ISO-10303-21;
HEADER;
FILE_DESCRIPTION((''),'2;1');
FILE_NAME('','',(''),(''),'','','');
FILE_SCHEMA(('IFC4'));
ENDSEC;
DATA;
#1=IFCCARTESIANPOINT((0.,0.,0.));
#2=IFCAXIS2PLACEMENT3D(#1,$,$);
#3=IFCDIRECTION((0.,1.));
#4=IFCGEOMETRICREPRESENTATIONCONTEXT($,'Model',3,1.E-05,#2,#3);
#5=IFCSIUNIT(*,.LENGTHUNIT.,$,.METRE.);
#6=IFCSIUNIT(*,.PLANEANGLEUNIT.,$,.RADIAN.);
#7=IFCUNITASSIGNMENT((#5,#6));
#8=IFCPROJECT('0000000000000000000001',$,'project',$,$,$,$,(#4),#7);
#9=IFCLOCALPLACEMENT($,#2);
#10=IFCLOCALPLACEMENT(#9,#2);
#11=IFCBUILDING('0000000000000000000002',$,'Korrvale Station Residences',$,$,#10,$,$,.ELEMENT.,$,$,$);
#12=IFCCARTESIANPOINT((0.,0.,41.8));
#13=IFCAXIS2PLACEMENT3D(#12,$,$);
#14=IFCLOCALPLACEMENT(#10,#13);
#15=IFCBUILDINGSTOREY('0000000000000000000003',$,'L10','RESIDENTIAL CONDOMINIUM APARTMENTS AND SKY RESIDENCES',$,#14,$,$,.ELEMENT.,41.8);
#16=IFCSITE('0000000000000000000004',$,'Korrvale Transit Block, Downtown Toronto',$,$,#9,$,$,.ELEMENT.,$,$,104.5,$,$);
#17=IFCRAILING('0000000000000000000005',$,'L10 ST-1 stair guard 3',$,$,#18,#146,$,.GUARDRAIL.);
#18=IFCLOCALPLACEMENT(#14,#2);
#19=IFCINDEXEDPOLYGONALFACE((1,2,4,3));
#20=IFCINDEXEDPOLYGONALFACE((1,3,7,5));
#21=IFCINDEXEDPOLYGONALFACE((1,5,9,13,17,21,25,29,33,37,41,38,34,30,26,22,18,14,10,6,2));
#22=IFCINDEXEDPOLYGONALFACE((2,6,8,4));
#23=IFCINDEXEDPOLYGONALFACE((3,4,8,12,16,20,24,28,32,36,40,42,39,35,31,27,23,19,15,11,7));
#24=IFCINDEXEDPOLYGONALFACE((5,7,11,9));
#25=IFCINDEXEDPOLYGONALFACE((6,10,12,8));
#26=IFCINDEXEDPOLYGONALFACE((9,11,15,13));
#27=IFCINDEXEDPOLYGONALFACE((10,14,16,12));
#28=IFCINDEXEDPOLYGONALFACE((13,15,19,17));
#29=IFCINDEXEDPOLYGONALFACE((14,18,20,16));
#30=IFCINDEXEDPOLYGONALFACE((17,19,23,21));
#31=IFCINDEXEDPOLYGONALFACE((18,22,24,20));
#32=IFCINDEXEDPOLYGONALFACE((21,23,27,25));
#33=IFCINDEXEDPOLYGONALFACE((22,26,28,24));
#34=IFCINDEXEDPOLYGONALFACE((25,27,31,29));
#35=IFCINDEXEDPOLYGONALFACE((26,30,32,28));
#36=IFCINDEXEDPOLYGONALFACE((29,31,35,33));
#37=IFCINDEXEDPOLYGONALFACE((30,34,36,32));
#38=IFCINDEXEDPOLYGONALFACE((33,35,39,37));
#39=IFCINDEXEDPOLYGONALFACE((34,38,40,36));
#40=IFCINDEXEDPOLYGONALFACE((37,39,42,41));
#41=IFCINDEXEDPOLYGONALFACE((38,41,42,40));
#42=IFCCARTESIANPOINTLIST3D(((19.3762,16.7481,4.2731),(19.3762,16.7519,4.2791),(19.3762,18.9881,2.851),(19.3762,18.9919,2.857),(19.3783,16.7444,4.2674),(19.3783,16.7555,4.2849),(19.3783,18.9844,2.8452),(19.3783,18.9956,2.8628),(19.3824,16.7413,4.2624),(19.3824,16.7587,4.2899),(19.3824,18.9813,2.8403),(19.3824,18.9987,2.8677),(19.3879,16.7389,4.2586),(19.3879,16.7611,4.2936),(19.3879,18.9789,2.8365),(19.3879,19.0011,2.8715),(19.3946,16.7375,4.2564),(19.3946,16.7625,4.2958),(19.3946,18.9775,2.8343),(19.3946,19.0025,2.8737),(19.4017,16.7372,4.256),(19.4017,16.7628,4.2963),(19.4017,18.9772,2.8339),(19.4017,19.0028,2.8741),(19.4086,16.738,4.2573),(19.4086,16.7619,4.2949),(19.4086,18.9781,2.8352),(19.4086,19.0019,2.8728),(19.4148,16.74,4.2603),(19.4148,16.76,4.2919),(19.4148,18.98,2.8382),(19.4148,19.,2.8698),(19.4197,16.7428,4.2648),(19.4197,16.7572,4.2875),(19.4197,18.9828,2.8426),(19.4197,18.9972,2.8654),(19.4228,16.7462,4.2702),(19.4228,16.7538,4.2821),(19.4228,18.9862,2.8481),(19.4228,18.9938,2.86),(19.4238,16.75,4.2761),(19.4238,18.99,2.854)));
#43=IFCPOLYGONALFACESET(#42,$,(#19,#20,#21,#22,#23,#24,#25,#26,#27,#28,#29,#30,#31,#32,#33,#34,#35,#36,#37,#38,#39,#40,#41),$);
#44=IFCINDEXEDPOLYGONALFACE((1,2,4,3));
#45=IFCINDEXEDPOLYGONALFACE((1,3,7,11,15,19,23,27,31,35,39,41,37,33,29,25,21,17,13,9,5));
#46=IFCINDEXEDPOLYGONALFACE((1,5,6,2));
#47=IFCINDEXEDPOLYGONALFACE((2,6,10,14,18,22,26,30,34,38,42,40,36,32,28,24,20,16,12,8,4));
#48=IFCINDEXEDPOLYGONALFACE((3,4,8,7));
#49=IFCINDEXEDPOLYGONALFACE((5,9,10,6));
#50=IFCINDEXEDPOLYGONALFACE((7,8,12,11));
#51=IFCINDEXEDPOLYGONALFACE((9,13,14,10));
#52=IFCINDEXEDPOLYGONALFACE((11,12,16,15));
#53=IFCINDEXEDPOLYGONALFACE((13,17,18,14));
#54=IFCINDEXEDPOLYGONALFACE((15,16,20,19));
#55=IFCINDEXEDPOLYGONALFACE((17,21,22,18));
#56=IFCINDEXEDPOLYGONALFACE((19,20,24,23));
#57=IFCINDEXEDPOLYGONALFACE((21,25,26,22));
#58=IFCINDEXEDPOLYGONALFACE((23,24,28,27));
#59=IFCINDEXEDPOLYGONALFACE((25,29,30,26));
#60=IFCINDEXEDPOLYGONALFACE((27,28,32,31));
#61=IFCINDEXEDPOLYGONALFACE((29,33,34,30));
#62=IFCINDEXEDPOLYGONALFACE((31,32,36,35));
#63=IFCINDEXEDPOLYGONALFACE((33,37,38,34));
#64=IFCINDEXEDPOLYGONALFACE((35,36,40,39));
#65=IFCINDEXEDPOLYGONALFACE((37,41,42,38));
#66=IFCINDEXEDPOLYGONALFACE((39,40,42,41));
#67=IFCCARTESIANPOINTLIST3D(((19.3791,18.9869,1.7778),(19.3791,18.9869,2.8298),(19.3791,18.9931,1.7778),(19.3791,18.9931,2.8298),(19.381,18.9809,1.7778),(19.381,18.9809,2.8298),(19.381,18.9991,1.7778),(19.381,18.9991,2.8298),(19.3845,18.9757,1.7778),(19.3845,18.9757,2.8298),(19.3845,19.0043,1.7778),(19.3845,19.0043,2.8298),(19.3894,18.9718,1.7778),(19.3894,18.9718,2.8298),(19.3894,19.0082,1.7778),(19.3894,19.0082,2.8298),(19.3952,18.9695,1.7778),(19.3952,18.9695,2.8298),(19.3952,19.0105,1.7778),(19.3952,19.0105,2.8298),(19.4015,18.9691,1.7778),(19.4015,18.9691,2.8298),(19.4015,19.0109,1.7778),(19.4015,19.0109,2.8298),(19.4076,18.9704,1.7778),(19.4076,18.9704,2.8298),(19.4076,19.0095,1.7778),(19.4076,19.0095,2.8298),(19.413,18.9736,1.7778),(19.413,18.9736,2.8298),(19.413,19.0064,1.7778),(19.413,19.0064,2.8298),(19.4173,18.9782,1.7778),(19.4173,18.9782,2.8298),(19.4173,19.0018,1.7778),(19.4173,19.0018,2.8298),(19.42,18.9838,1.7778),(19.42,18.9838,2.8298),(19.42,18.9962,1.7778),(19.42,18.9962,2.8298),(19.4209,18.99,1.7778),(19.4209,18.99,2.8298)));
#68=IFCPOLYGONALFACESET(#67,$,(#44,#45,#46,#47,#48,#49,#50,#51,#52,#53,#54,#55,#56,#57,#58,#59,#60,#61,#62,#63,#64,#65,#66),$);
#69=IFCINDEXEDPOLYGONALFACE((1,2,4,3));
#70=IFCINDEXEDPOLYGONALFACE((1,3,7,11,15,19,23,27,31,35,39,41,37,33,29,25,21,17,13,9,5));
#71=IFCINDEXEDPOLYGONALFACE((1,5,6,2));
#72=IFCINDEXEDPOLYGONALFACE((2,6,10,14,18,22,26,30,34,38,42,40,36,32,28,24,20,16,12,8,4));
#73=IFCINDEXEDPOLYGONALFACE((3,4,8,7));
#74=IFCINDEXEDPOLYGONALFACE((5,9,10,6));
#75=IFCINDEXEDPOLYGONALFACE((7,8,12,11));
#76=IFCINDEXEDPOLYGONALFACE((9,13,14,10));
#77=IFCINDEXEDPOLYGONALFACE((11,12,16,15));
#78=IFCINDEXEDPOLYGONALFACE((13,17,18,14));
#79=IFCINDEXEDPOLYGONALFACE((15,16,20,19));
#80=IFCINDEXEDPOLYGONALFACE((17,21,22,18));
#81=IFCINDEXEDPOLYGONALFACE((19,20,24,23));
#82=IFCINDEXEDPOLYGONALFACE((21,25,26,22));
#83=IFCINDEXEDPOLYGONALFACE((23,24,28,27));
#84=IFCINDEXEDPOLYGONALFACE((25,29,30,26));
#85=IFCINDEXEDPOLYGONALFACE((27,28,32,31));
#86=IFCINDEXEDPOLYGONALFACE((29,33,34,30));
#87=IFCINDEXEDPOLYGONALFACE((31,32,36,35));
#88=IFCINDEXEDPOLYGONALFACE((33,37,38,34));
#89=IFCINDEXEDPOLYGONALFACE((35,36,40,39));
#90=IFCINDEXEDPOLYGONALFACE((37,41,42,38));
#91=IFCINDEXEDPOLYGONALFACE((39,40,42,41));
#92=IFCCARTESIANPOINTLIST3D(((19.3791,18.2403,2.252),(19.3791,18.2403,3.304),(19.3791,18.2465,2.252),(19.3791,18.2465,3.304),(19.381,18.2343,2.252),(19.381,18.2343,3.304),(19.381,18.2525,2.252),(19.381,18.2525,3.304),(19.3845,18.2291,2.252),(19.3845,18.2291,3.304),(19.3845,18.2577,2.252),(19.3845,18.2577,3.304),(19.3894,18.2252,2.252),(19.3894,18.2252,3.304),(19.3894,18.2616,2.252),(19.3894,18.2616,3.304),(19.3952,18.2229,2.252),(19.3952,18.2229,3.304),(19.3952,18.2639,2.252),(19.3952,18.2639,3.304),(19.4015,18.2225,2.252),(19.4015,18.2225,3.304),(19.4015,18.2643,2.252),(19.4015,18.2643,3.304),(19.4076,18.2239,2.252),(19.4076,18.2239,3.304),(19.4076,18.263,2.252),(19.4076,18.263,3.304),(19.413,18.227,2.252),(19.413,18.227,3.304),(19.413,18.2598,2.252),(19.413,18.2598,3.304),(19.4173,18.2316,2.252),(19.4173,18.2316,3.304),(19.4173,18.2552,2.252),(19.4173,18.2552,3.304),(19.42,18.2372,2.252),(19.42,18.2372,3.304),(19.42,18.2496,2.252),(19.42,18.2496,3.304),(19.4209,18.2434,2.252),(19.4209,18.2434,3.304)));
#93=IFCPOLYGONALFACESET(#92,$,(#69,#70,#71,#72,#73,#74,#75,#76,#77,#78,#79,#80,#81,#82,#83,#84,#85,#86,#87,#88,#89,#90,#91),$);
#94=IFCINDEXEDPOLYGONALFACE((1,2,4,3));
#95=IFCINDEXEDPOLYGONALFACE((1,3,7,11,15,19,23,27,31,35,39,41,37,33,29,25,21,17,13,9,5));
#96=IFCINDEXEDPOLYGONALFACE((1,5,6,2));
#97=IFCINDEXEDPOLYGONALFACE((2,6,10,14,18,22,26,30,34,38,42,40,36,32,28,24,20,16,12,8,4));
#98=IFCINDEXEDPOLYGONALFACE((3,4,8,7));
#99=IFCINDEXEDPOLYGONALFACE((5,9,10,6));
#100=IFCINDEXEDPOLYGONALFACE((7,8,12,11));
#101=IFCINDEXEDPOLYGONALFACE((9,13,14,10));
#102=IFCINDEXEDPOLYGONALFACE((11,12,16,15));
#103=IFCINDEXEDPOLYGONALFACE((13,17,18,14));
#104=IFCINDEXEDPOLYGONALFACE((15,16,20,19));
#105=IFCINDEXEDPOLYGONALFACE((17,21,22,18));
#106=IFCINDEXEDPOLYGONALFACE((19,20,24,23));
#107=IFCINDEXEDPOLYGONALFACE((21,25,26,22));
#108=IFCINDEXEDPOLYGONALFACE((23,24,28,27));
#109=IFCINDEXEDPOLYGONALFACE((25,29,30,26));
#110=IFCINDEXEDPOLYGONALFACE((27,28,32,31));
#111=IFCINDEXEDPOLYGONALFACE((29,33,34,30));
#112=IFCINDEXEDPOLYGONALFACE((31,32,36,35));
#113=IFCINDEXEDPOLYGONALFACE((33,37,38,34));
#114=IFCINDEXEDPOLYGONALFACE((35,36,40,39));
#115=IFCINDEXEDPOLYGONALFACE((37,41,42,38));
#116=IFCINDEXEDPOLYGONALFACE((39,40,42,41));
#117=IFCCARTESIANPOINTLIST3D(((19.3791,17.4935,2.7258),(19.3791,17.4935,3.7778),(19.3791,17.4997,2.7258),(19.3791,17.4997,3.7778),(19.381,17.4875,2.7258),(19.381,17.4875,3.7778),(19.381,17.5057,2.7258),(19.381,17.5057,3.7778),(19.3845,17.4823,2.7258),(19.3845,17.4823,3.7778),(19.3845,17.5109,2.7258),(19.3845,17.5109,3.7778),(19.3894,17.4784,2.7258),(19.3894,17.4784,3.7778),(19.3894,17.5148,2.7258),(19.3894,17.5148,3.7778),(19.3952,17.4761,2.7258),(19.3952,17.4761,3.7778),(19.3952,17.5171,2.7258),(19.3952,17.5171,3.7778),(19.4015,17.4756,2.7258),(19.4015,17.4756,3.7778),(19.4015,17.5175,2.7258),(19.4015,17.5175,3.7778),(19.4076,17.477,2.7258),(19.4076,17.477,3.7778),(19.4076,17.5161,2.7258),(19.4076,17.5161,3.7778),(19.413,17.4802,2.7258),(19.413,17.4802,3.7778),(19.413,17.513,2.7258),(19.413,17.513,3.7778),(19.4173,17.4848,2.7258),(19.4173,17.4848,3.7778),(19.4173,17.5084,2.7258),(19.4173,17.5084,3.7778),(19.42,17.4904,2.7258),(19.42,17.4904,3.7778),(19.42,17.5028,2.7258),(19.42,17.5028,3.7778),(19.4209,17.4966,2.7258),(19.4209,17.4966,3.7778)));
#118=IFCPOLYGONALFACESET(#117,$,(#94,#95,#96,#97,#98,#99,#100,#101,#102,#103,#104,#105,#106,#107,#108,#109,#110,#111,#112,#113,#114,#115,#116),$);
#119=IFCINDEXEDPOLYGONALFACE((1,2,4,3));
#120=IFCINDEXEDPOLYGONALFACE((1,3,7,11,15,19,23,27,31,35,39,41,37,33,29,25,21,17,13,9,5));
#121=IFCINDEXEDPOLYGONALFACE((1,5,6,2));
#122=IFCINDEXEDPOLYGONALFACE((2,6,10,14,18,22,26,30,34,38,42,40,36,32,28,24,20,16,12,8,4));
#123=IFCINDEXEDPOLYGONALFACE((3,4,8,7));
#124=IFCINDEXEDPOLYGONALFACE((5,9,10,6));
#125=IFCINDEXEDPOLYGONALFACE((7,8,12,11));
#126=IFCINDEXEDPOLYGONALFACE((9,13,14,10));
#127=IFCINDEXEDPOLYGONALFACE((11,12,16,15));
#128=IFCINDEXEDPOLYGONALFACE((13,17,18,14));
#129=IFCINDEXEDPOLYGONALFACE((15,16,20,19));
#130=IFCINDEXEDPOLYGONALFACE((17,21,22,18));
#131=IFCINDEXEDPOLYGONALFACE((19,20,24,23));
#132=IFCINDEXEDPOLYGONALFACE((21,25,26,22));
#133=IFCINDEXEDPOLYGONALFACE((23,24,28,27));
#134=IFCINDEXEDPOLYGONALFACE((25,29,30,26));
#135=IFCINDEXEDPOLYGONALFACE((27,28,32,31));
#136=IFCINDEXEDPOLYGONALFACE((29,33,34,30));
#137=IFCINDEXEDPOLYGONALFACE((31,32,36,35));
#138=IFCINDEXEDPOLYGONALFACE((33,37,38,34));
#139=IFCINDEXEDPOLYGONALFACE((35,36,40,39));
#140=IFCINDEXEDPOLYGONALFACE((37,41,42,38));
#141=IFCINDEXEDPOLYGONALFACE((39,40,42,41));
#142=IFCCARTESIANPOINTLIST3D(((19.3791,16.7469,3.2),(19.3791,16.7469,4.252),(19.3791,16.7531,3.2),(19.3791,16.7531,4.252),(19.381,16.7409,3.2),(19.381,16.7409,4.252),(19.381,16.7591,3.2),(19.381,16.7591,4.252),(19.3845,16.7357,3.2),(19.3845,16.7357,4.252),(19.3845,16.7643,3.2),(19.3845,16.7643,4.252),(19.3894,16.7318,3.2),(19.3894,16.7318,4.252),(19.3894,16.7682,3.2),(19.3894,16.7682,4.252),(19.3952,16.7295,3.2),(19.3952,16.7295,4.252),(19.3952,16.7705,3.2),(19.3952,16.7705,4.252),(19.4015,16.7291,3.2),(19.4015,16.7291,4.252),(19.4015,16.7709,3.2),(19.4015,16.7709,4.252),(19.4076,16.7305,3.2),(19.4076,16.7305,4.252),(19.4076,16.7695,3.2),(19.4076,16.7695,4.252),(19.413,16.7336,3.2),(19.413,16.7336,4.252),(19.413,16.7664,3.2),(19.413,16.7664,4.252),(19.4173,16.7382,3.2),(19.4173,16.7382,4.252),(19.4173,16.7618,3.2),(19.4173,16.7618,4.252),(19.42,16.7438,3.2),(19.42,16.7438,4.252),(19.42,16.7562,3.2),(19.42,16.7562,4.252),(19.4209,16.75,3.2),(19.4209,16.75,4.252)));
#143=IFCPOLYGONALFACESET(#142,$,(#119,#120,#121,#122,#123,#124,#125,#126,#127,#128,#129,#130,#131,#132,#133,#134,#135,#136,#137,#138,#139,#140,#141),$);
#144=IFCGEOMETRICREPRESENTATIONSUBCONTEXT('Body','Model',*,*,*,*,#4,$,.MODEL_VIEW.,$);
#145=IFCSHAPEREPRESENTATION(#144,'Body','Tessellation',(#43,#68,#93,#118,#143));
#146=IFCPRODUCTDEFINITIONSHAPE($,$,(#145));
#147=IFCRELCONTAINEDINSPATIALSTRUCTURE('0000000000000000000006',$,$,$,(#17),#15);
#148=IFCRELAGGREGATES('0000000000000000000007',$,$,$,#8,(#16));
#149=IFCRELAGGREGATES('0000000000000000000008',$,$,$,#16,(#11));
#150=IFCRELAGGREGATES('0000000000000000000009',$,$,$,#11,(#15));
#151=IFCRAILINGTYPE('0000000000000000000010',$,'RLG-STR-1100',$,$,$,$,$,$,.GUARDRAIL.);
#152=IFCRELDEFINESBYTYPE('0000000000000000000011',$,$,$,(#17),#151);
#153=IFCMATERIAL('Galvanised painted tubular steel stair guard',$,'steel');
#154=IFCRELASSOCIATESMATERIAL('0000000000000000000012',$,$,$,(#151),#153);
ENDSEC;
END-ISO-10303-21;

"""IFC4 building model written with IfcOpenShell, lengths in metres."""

from ifc_helpers import new_model, si_unit, direction, frame, origin, origin_2d, place, context, subcontext, project, spatial, circle, extrude, material, type_object, element, save


model = new_model("IFC4")

# Units and contexts
model_context = context("Model", 3, precision=1e-05, world=origin(), true_north=direction((0.0, 1.0)))
body_context = subcontext(model_context, "Body", "Model", "MODEL_VIEW")
ifc_project = project(units=[si_unit("LENGTHUNIT", "METRE"), si_unit("PLANEANGLEUNIT", "RADIAN")], contexts=[model_context])

# Site, building, storey
site_placement = place(None, origin())
site = spatial("IfcSite", under=ifc_project, at=site_placement, Name="Korrvale Transit Block, Downtown Toronto", CompositionType="ELEMENT", RefElevation=104.5)
building_placement = place(site_placement, origin())
building = spatial("IfcBuilding", under=site, at=building_placement, Name="Korrvale Station Residences", CompositionType="ELEMENT")
storey_placement = place(building_placement, frame((0.0, 0.0, 41.8)))
storey = spatial("IfcBuildingStorey", under=building, at=storey_placement, Name="L10", Description="RESIDENTIAL CONDOMINIUM APARTMENTS AND SKY RESIDENCES", CompositionType="ELEMENT", Elevation=41.8)

# Railing
ifc_material_1 = material(Name="Galvanised painted tubular steel stair guard", Category="steel")
railing_type_1 = type_object("IfcRailingType", Name="RLG-STR-1100", PredefinedType="GUARDRAIL", material=ifc_material_1)
railing_1_placement = place(storey_placement, frame((19.3999, 18.99, 1.7778)))
element("IfcRailing", 1, at=railing_1_placement, inside=storey, type_object=railing_type_1, Name="L10 ST-1 stair guard 3", PredefinedType="GUARDRAIL", context=body_context, shape_type="SweptSolid", body=[
    extrude(circle(Radius=0.0239, at=origin_2d()), frame((0.0, 0.0, 1.0762), z_axis=(0.0, -0.844229, 0.535982), x_axis=(1.0, 0.0, 0.0)), (0.0, 0.0, 1.0), 2.6533),
    extrude(circle(Radius=0.021, at=origin_2d()), origin(), (0.0, 0.0, 1.0), 1.052),
    extrude(circle(Radius=0.021, at=origin_2d()), frame((0.0, -0.7466, 0.4741)), (0.0, 0.0, 1.0), 1.052),
    extrude(circle(Radius=0.021, at=origin_2d()), frame((0.0, -1.4934, 0.948)), (0.0, 0.0, 1.0), 1.052),
    extrude(circle(Radius=0.021, at=origin_2d()), frame((0.0, -2.24, 1.4221)), (0.0, 0.0, 1.0), 1.052),
])

save(model, "model.ifc")
